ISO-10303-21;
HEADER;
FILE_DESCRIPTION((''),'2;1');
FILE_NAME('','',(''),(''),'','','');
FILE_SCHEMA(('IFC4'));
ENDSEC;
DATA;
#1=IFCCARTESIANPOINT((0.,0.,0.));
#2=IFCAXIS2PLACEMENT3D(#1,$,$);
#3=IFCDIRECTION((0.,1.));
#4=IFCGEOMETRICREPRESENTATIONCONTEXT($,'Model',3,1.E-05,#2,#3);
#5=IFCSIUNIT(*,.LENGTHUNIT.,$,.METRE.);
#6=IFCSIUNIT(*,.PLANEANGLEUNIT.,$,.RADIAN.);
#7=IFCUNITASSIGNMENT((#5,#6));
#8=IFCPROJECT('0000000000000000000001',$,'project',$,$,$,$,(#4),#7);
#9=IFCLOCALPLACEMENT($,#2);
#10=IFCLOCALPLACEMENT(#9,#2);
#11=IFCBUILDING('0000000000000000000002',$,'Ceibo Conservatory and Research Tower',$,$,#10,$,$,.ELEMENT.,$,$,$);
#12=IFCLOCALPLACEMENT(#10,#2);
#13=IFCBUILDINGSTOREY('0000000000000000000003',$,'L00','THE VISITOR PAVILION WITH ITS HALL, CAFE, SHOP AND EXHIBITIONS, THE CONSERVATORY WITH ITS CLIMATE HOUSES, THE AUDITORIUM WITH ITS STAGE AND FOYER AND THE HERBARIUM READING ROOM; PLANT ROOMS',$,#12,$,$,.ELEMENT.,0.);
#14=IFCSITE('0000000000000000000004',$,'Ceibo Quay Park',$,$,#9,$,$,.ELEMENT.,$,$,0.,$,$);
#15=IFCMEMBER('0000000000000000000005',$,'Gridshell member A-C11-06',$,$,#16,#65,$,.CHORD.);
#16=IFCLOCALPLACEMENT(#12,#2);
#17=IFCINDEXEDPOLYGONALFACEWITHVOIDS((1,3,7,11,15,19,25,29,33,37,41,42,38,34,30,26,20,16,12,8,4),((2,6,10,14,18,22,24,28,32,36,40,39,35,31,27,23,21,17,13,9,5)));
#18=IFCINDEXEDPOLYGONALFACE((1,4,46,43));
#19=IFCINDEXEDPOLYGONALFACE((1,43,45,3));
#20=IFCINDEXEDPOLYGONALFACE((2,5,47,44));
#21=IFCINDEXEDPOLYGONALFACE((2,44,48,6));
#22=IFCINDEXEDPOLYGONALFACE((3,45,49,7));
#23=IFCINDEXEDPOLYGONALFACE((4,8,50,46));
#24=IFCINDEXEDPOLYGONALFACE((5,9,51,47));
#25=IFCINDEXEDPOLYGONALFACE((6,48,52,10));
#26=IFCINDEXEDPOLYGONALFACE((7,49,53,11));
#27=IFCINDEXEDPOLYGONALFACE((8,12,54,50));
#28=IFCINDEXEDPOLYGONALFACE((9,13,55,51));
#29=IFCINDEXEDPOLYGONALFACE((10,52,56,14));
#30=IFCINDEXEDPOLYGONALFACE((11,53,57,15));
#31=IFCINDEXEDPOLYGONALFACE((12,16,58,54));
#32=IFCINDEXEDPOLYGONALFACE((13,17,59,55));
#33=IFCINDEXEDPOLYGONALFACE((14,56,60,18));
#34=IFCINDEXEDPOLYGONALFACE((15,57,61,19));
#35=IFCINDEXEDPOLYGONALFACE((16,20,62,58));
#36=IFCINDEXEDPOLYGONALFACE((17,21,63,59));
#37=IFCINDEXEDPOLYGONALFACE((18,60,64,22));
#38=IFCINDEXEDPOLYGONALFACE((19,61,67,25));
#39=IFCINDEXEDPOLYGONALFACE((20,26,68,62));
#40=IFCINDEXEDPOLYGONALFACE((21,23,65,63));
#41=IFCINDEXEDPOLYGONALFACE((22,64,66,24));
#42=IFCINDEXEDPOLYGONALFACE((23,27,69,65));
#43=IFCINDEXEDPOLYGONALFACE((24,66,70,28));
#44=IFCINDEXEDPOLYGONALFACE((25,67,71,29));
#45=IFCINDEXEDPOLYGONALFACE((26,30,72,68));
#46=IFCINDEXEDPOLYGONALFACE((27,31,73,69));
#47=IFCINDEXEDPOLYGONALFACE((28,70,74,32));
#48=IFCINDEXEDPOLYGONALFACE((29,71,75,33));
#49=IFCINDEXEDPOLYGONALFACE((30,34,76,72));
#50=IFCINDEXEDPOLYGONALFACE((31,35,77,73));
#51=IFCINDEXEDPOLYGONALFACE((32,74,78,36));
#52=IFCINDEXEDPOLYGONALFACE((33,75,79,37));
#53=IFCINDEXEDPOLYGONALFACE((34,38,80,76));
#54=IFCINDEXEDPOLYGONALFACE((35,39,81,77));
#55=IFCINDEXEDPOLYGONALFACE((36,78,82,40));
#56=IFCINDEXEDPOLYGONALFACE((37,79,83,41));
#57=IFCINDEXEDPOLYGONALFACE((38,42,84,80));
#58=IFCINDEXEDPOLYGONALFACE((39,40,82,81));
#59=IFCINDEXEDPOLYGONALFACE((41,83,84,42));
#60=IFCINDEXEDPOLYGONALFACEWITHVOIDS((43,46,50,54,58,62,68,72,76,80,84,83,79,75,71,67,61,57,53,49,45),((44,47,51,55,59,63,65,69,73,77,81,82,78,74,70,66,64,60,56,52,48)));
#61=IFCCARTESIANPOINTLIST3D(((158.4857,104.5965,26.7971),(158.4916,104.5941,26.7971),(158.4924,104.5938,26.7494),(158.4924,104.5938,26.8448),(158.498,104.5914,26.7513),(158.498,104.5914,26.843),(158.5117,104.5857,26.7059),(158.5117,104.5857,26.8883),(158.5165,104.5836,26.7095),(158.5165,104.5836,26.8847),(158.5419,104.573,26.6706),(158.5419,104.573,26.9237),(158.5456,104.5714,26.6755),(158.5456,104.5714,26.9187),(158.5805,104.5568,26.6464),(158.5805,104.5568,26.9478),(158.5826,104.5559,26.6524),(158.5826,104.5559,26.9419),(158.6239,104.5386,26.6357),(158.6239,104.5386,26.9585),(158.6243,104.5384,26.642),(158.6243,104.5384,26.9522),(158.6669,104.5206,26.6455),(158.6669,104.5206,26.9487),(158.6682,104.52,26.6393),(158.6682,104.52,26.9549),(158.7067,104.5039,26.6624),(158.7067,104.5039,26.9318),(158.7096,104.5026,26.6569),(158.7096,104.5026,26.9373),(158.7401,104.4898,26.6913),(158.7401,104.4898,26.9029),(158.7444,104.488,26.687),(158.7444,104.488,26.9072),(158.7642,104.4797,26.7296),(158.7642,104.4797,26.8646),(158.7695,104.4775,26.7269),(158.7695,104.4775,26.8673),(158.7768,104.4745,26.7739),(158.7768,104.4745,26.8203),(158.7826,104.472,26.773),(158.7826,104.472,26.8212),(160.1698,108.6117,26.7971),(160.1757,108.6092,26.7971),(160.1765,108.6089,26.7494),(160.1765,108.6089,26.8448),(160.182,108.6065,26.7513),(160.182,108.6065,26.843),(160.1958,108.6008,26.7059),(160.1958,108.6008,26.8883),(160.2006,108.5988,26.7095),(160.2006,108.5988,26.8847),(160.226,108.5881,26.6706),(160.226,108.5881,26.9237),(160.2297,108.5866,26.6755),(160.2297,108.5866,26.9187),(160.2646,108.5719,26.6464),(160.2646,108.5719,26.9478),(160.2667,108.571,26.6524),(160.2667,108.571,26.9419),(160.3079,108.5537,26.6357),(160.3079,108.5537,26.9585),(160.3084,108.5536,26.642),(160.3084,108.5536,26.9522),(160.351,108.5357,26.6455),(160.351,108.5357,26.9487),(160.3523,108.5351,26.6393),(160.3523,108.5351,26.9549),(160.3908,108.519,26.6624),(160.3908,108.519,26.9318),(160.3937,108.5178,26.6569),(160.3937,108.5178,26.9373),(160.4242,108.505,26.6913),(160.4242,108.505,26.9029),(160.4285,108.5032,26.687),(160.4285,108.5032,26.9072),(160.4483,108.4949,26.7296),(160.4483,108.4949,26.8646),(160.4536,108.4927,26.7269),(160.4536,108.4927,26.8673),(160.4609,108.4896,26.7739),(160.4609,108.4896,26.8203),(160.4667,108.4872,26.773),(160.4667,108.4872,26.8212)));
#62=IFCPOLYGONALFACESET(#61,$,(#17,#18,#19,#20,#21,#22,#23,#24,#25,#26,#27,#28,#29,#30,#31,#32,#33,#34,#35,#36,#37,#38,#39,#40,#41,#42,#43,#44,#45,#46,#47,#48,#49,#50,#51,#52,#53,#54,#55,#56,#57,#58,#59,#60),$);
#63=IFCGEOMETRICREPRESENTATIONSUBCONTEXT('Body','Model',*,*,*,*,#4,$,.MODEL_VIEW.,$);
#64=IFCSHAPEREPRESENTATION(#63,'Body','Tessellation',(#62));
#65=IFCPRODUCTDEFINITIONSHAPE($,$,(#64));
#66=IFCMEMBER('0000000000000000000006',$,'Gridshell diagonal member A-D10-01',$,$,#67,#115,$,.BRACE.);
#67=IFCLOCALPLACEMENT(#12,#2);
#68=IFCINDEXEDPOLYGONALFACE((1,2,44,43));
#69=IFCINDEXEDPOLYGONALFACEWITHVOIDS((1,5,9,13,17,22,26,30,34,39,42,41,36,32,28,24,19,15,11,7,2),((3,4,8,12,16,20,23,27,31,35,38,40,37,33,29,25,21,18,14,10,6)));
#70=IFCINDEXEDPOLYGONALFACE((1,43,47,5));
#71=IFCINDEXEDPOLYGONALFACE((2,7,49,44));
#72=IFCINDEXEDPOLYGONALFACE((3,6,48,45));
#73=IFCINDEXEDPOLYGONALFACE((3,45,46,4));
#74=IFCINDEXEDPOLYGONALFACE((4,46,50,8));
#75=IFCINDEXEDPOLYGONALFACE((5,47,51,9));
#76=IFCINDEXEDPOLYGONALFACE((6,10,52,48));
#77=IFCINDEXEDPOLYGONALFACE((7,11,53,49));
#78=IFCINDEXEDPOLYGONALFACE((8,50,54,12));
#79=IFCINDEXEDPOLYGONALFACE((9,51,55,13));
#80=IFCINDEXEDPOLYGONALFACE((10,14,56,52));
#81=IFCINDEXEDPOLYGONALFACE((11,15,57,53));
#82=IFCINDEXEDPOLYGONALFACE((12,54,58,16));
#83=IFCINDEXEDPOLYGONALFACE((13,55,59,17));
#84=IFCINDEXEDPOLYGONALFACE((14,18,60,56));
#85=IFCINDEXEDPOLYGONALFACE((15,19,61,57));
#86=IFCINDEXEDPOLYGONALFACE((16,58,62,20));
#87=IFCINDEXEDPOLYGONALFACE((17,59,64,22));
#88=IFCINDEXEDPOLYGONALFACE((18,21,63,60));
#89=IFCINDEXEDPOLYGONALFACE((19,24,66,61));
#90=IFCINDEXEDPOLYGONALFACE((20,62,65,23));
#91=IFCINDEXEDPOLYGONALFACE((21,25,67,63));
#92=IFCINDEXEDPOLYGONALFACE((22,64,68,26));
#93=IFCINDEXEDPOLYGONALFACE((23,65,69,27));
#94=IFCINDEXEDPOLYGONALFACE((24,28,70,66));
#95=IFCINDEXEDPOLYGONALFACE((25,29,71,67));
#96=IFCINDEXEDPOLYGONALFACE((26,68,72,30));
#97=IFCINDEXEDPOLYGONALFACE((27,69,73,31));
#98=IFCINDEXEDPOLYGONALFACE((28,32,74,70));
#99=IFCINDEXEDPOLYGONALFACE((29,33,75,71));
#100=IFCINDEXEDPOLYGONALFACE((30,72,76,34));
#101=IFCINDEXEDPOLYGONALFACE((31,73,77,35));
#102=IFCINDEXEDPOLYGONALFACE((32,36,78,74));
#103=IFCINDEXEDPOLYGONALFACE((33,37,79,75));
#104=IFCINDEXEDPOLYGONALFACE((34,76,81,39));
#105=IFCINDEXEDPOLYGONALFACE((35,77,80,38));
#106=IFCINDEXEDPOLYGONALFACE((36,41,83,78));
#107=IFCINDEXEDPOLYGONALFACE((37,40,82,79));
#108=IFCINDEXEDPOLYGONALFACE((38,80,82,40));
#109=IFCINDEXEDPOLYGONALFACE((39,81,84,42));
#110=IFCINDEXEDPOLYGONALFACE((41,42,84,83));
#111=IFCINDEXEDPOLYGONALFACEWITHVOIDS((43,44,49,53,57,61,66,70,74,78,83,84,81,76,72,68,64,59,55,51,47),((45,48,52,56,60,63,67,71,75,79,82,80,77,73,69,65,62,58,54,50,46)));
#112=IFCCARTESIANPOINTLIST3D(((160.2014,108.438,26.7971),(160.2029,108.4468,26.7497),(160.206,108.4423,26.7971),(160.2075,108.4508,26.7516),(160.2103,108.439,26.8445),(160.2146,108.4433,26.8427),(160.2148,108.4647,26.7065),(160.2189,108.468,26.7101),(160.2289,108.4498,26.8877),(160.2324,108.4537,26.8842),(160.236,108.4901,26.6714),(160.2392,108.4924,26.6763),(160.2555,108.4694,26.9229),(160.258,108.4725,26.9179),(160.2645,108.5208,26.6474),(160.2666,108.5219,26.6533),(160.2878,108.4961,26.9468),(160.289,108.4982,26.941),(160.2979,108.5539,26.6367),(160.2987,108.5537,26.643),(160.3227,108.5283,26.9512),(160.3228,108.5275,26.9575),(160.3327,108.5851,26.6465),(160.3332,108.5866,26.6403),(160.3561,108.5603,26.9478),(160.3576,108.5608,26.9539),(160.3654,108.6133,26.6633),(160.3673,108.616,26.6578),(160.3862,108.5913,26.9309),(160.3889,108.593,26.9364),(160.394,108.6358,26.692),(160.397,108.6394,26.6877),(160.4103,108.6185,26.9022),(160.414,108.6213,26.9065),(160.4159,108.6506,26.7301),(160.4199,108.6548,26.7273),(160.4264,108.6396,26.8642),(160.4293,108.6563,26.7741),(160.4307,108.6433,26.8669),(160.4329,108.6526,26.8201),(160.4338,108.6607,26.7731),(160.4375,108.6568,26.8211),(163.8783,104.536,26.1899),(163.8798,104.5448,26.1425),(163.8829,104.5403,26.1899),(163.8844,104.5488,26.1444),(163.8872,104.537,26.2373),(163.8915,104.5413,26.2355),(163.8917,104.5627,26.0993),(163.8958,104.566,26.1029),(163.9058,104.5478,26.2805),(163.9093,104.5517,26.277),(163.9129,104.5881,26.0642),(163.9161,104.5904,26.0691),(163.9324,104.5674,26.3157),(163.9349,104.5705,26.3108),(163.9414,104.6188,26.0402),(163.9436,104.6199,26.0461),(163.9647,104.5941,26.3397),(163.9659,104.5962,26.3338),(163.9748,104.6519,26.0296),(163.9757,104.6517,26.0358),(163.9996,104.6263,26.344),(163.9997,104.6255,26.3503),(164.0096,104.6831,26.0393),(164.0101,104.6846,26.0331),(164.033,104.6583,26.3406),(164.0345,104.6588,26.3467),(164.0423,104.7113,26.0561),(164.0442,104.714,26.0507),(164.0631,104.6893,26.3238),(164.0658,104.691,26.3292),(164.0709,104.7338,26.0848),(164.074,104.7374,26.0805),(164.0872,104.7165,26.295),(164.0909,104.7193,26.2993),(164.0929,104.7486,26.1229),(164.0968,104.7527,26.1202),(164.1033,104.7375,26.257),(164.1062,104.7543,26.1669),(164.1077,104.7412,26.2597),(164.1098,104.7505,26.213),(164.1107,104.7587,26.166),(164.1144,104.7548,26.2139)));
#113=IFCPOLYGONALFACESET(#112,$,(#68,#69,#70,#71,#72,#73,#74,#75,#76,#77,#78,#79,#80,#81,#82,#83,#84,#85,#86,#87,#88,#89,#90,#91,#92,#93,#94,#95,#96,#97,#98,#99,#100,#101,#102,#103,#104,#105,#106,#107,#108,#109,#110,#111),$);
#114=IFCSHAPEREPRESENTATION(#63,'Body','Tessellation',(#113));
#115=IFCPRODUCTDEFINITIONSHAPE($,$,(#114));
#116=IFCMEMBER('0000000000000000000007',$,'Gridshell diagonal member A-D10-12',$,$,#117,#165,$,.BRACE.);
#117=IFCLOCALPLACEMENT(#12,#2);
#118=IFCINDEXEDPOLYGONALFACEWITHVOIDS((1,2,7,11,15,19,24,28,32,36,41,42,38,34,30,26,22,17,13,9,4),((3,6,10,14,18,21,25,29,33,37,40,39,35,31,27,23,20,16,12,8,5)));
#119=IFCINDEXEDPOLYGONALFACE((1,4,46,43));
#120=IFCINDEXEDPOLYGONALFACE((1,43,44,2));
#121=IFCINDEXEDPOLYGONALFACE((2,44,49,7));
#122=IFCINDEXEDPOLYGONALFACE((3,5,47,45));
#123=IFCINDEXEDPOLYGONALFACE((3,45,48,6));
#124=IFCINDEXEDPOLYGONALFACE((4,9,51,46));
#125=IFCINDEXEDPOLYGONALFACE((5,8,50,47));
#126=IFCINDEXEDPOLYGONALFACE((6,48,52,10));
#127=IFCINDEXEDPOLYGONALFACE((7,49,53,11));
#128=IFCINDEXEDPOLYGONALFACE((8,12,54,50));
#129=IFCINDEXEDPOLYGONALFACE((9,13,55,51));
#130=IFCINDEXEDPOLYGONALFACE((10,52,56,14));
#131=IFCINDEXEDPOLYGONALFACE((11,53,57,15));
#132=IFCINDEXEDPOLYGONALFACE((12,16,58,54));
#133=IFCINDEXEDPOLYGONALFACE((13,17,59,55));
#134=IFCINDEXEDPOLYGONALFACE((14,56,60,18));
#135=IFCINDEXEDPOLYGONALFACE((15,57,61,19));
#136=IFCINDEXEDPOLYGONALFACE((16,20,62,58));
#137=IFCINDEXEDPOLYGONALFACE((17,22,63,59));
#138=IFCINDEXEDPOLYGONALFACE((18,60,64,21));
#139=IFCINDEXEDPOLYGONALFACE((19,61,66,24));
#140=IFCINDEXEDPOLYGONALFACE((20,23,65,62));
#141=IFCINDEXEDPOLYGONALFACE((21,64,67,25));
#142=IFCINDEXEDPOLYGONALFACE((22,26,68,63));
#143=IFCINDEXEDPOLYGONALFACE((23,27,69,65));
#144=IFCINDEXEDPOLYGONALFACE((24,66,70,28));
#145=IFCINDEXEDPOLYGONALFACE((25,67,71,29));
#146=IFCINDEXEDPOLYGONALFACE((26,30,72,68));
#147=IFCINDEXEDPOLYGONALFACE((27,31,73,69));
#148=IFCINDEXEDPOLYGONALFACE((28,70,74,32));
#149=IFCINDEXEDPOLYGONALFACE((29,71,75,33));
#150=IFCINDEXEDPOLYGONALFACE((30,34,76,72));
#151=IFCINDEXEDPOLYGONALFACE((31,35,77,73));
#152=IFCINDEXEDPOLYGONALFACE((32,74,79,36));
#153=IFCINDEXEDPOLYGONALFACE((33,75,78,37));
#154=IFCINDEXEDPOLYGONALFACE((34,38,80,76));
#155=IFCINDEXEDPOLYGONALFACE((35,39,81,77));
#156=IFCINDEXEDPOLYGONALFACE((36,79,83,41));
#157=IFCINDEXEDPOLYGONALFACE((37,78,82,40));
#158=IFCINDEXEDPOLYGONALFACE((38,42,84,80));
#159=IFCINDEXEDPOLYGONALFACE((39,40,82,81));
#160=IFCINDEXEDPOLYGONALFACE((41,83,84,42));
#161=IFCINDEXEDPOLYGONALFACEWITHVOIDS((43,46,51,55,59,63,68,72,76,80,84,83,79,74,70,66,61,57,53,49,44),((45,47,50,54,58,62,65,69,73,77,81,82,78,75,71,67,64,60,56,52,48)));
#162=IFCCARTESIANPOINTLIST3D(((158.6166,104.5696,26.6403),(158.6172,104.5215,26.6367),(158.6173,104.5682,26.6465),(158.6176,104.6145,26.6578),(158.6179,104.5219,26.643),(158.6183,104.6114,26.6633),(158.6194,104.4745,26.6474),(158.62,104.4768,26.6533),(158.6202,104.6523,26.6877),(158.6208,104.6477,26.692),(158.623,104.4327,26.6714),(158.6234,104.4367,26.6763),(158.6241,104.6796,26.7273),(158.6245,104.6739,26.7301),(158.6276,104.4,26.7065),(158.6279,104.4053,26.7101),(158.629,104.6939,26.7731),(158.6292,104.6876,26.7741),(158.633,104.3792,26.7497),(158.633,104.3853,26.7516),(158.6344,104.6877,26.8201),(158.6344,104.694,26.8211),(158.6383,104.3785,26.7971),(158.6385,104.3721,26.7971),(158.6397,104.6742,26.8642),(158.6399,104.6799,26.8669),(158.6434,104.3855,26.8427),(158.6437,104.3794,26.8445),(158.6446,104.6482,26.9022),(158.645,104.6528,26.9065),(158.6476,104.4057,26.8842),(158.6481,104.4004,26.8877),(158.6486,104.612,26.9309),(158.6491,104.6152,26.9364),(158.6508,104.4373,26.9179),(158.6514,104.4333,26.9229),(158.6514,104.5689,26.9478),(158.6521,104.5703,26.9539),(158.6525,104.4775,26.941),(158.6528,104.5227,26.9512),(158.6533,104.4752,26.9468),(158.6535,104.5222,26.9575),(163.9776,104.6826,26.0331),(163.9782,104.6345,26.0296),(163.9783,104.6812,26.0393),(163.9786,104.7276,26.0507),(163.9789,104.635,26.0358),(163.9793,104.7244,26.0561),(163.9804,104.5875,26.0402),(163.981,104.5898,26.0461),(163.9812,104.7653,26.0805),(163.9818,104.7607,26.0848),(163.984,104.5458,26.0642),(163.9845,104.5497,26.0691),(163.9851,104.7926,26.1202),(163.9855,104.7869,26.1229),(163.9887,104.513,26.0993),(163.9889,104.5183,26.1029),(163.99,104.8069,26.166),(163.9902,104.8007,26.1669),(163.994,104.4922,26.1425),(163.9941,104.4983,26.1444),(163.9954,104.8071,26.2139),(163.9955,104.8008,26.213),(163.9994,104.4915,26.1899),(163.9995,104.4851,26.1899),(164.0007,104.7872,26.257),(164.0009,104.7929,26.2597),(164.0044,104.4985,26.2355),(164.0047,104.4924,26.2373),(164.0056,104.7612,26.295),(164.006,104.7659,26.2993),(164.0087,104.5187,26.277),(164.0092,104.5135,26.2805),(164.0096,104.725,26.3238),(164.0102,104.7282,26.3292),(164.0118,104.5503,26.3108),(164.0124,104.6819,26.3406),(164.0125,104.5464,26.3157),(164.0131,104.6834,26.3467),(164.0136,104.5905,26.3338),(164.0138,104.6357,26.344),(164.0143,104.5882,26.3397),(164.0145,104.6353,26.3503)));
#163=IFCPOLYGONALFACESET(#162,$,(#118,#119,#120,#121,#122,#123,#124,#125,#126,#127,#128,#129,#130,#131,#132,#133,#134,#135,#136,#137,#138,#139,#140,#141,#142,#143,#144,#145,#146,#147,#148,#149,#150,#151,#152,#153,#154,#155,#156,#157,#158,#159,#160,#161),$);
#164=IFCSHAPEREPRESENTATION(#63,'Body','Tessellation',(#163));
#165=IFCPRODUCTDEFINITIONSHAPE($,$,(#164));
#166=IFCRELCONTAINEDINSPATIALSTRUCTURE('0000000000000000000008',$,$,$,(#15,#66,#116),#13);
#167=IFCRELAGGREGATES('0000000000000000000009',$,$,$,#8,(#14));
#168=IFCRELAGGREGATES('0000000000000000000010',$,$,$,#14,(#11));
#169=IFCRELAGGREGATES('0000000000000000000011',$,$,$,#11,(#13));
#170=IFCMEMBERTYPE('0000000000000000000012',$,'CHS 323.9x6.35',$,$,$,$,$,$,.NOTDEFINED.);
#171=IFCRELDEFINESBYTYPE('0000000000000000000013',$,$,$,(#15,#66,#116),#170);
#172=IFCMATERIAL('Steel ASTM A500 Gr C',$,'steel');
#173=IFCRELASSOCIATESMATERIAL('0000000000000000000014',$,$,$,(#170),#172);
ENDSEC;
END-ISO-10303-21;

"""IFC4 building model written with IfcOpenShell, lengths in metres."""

from ifc_helpers import new_model, si_unit, direction, frame, origin, origin_2d, place, context, subcontext, project, spatial, hollow_circle, extrude, material, material_profile, profile_set, type_object, element, save


model = new_model("IFC4")

# Units and contexts
model_context = context("Model", 3, precision=1e-05, world=origin(), true_north=direction((0.0, 1.0)))
body_context = subcontext(model_context, "Body", "Model", "MODEL_VIEW")
ifc_project = project(units=[si_unit("LENGTHUNIT", "METRE"), si_unit("PLANEANGLEUNIT", "RADIAN")], contexts=[model_context])

# Site, building, storey
site_placement = place(None, origin())
site = spatial("IfcSite", under=ifc_project, at=site_placement, Name="Ceibo Quay Park", CompositionType="ELEMENT", RefElevation=0.0)
building_placement = place(site_placement, origin())
building = spatial("IfcBuilding", under=site, at=building_placement, Name="Ceibo Conservatory and Research Tower", CompositionType="ELEMENT")
storey_placement = place(building_placement, origin())
storey = spatial("IfcBuildingStorey", under=building, at=storey_placement, Name="L00", Description="THE VISITOR PAVILION WITH ITS HALL, CAFE, SHOP AND EXHIBITIONS, THE CONSERVATORY WITH ITS CLIMATE HOUSES, THE AUDITORIUM WITH ITS STAGE AND FOYER AND THE HERBARIUM READING ROOM; PLANT ROOMS", CompositionType="ELEMENT", Elevation=0.0)

# Members
ifc_material_1 = material(Name="Steel ASTM A500 Gr C", Category="steel")
ifc_material_profile_1 = material_profile(ifc_material_1, hollow_circle(Radius=0.1619, WallThickness=0.0063, at=origin_2d()), Name="CHS 323.9x6.35")
ifc_profile_set_1 = profile_set([ifc_material_profile_1], Name="Steel ASTM A500 Gr C")
member_type_1 = type_object("IfcMemberType", Name="CHS 323.9x6.35", PredefinedType="NOTDEFINED", material=ifc_profile_set_1)
member_1_placement = place(storey_placement, frame((158.635, 104.5339, 26.7971), z_axis=(0.386788, 0.922169, 0.0), x_axis=(-0.922169, 0.386788, 0.0)))
element("IfcMember", 1, at=member_1_placement, inside=storey, type_object=member_type_1, Name="Gridshell member A-C11-06", PredefinedType="CHORD", context=body_context, shape_type="SweptSolid", body=[
    extrude(hollow_circle(Radius=0.1619, WallThickness=0.0063, at=origin_2d()), origin(), (0.0, 0.0, 1.0), 4.354),
])
member_2_placement = place(storey_placement, frame((163.9961, 104.647, 26.1899), z_axis=(-0.681448, 0.723164, 0.112526), x_axis=(-0.727787, -0.685803, 0.0)))
element("IfcMember", 2, at=member_2_placement, inside=storey, type_object=member_type_1, Name="Gridshell diagonal member A-D10-01", PredefinedType="BRACE", context=body_context, shape_type="SweptSolid", body=[
    extrude(hollow_circle(Radius=0.1619, WallThickness=0.0063, at=origin_2d()), origin(), (0.0, 0.0, 1.0), 5.3958),
])
member_3_placement = place(storey_placement, frame((163.9961, 104.647, 26.1899), z_axis=(-0.99343, -0.020946, 0.112512), x_axis=(0.02108, -0.999778, 0.0)))
element("IfcMember", 3, at=member_3_placement, inside=storey, type_object=member_type_1, Name="Gridshell diagonal member A-D10-12", PredefinedType="BRACE", context=body_context, shape_type="SweptSolid", body=[
    extrude(hollow_circle(Radius=0.1619, WallThickness=0.0063, at=origin_2d()), origin(), (0.0, 0.0, 1.0), 5.3965),
])

save(model, "model.ifc")
